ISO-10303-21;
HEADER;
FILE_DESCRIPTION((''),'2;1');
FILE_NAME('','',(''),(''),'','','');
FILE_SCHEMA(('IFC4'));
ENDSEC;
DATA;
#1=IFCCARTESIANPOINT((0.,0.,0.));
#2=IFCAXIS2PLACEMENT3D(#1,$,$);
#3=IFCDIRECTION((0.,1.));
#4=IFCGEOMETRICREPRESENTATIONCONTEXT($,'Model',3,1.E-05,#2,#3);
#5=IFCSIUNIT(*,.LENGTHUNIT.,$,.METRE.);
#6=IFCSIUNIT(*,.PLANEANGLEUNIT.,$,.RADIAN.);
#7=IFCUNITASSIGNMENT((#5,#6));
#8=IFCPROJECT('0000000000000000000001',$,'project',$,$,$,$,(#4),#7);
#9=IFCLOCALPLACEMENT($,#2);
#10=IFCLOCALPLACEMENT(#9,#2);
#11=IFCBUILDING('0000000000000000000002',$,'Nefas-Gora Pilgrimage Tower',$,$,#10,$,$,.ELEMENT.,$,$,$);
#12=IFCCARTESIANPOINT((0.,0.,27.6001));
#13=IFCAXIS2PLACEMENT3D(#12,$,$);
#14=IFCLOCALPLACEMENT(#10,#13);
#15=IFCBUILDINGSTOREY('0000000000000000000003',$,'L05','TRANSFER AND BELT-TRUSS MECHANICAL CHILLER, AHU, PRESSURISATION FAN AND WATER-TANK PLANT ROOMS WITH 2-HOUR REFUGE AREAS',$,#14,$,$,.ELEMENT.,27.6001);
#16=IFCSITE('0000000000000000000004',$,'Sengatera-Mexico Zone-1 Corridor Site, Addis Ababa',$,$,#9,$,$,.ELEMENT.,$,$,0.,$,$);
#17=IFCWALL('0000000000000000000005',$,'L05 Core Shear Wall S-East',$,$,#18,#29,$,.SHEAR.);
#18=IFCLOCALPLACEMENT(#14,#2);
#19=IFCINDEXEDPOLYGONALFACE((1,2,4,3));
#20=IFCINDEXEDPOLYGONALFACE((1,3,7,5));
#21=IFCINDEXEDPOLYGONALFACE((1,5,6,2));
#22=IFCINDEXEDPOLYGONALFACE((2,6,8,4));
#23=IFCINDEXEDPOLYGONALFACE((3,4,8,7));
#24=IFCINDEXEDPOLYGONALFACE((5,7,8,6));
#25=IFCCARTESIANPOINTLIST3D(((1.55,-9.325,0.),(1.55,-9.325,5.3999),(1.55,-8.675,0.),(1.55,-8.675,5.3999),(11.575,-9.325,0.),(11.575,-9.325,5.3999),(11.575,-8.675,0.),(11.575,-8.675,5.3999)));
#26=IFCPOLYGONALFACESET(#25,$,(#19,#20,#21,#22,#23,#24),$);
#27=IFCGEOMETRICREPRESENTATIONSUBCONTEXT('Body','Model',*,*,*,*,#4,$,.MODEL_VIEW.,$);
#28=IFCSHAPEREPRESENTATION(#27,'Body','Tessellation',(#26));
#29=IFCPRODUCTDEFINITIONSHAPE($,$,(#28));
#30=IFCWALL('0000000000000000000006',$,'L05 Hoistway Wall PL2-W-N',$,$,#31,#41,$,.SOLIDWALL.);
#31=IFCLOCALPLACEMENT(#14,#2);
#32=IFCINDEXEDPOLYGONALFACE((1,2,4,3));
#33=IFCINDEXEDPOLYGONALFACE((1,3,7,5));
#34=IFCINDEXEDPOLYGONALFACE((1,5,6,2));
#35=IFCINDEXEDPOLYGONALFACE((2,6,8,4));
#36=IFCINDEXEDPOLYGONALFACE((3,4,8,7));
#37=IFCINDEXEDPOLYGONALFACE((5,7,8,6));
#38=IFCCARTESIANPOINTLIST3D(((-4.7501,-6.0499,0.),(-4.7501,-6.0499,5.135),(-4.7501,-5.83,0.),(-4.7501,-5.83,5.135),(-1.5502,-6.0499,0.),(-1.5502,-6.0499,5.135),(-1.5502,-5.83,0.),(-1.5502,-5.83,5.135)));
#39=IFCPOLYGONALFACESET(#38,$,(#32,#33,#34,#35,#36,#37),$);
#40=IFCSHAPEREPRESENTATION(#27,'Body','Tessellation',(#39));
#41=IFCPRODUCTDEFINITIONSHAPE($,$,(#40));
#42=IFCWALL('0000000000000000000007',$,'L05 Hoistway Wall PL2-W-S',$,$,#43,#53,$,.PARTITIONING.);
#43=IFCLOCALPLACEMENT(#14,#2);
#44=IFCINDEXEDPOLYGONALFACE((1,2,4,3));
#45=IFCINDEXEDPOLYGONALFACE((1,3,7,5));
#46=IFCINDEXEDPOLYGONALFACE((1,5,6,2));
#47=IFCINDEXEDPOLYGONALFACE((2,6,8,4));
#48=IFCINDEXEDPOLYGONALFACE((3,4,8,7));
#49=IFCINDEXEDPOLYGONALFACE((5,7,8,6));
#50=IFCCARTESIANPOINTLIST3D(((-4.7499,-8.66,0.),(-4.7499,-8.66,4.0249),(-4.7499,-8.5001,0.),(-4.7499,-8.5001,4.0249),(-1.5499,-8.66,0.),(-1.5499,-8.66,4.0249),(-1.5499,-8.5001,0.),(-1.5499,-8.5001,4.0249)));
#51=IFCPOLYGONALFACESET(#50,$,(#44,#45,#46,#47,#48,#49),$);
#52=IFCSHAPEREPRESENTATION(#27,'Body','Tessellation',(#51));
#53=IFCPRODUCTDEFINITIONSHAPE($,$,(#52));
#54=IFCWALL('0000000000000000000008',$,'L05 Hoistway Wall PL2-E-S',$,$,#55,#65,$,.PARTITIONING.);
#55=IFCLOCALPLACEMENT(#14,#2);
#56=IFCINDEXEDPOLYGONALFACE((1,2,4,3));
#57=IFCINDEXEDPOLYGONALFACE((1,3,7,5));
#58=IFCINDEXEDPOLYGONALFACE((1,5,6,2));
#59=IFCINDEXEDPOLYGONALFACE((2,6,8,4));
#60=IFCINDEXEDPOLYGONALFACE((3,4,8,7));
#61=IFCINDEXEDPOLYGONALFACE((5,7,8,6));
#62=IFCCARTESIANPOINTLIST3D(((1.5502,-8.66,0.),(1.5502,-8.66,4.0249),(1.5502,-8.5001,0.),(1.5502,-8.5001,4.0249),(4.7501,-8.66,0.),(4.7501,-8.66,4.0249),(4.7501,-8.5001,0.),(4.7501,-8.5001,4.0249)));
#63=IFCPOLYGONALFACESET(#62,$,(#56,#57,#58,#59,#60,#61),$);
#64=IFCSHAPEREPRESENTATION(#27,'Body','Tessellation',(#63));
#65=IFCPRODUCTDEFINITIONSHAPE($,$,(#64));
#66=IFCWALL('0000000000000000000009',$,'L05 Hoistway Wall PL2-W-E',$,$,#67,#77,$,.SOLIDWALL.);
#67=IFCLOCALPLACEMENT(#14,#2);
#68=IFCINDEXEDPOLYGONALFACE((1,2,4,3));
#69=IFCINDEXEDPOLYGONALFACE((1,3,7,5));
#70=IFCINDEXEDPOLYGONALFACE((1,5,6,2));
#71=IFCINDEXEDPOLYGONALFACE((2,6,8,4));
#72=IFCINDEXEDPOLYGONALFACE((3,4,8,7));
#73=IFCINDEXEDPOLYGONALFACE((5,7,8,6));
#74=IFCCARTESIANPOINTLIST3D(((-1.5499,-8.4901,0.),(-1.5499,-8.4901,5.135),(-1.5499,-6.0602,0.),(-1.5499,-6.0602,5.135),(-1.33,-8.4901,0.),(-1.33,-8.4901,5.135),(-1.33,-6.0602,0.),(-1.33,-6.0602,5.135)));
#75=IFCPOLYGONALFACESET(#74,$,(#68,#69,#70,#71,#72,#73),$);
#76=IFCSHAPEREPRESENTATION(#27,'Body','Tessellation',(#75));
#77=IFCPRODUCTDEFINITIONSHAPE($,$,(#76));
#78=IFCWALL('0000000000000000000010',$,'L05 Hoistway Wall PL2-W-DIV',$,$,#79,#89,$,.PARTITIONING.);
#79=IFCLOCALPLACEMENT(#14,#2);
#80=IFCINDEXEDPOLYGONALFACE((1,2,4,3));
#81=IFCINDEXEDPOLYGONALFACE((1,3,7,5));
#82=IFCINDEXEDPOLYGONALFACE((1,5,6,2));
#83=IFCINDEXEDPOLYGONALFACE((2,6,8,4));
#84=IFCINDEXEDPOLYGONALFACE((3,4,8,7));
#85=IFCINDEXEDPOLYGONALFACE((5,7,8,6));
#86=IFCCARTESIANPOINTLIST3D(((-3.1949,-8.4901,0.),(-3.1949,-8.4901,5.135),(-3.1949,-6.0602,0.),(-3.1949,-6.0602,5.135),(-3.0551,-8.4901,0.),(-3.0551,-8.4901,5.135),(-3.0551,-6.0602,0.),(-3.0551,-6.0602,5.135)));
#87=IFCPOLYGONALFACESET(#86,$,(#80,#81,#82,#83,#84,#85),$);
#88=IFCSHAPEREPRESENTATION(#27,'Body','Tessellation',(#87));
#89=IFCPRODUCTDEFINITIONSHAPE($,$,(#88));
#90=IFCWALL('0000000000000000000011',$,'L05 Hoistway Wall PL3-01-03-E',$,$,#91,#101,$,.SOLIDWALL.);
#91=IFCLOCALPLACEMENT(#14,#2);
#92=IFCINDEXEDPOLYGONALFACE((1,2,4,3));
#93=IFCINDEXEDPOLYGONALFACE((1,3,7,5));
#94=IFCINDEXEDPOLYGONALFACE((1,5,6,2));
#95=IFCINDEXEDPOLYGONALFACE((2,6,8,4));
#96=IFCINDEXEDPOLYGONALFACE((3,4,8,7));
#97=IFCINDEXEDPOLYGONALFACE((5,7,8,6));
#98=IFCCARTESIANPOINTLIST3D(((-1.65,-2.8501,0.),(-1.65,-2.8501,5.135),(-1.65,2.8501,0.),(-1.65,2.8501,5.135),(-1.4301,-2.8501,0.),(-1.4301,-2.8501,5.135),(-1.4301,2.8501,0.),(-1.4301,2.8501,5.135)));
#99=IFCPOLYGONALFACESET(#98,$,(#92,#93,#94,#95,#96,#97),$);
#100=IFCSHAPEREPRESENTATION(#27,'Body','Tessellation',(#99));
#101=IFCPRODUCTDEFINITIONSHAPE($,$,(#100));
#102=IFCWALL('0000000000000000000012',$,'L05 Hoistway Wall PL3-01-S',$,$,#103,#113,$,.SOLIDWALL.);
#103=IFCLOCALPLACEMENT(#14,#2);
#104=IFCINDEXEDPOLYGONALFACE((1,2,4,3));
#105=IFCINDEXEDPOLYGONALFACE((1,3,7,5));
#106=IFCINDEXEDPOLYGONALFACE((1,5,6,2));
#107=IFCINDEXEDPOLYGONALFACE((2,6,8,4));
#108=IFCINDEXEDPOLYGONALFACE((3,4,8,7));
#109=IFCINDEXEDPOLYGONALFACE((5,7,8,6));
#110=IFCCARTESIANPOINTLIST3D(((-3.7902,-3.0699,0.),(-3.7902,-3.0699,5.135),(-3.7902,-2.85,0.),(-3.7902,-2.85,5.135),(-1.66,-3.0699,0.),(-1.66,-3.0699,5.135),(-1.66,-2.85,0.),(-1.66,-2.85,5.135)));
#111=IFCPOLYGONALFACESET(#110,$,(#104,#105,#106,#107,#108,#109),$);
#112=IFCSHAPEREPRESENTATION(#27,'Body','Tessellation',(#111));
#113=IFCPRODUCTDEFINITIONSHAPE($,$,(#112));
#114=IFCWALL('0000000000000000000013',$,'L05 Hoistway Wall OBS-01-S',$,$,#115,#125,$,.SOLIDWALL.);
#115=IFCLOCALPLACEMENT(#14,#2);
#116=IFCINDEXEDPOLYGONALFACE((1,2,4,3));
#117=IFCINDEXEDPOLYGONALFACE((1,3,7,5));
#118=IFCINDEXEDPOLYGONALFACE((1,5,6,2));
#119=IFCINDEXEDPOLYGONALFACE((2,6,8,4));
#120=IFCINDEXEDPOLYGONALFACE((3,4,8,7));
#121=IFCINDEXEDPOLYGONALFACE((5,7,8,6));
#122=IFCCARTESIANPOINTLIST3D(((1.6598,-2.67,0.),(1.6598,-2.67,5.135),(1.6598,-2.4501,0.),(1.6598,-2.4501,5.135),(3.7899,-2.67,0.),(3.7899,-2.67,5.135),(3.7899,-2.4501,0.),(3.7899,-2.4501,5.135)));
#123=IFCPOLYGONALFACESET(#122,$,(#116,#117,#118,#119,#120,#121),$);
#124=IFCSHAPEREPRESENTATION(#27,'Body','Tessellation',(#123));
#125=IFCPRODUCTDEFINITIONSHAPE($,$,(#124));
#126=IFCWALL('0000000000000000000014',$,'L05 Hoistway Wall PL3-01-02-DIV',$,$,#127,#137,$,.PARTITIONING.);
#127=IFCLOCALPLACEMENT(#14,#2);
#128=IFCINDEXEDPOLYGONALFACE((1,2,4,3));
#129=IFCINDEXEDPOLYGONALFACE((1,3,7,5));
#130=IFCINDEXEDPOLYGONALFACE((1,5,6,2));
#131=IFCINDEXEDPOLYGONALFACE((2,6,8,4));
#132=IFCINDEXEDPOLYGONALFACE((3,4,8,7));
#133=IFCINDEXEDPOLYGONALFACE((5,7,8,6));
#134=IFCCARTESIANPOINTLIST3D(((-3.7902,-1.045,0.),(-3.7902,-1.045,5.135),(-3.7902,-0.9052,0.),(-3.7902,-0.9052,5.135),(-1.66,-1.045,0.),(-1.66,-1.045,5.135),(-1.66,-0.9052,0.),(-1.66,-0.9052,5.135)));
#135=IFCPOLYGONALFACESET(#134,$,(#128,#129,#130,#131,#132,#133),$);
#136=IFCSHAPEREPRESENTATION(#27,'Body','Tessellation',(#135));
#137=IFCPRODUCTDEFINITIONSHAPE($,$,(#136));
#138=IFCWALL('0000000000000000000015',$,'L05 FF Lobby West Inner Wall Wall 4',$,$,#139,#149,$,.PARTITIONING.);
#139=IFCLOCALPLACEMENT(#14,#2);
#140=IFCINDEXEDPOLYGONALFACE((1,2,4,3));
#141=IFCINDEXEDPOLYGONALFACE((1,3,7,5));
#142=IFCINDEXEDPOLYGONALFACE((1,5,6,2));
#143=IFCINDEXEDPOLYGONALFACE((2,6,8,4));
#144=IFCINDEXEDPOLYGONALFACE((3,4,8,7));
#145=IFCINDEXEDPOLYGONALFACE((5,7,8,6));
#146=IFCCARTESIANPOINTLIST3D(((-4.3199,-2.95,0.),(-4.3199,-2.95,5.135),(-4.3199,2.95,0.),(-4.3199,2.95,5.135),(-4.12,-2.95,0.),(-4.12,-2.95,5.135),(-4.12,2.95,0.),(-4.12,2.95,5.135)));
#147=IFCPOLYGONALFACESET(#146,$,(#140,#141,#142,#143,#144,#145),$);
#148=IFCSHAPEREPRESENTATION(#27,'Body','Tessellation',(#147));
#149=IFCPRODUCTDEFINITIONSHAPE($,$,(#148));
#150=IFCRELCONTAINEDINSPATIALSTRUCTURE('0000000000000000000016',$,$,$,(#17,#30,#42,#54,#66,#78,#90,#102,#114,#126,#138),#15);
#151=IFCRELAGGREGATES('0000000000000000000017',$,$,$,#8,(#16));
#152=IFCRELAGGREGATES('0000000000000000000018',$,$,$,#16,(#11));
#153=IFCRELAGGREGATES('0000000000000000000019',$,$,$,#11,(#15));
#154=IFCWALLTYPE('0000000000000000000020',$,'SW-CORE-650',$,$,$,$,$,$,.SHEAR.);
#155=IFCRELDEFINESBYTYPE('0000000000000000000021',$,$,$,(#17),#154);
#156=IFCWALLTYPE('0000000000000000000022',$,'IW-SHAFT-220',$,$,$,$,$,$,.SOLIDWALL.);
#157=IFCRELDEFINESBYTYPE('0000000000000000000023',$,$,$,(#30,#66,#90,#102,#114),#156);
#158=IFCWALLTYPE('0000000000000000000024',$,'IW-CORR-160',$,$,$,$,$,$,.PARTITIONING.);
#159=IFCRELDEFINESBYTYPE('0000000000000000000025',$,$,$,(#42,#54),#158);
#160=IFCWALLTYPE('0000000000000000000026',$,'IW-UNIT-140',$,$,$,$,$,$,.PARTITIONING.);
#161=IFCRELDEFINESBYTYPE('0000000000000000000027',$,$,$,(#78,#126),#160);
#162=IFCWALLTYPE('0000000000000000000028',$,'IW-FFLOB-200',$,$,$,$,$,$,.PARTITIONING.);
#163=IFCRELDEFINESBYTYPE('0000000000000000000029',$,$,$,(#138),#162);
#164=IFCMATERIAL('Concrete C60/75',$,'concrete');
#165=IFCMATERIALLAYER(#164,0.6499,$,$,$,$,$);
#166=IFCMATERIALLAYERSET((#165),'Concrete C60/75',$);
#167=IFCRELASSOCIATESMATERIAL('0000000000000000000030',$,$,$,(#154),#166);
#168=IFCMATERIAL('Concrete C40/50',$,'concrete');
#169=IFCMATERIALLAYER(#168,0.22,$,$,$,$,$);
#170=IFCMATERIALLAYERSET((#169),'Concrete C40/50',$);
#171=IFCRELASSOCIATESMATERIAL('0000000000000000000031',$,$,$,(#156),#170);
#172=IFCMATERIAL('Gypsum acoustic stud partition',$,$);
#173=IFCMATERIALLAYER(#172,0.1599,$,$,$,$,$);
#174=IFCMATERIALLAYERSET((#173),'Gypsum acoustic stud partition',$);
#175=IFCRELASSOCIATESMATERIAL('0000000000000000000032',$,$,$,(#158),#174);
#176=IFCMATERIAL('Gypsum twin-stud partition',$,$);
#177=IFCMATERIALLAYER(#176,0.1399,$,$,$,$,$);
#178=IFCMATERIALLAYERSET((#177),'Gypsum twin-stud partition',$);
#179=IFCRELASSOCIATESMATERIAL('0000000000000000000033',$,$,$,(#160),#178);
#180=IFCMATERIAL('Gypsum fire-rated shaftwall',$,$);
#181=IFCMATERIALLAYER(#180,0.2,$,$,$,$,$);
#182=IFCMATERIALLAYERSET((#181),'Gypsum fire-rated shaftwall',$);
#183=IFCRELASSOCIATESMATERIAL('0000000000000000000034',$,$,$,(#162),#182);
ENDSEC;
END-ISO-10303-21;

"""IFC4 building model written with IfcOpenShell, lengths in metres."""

from ifc_helpers import new_model, si_unit, direction, frame, frame_2d, origin, place, context, subcontext, project, spatial, rectangle, extrude, source, transform, mapped, material, layer, layer_set, type_object, element, save


model = new_model("IFC4")

# Units and contexts
model_context = context("Model", 3, precision=1e-05, world=origin(), true_north=direction((0.0, 1.0)))
body_context = subcontext(model_context, "Body", "Model", "MODEL_VIEW")
ifc_project = project(units=[si_unit("LENGTHUNIT", "METRE"), si_unit("PLANEANGLEUNIT", "RADIAN")], contexts=[model_context])

# Site, building, storey
site_placement = place(None, origin())
site = spatial("IfcSite", under=ifc_project, at=site_placement, Name="Sengatera-Mexico Zone-1 Corridor Site, Addis Ababa", CompositionType="ELEMENT", RefElevation=0.0)
building_placement = place(site_placement, origin())
building = spatial("IfcBuilding", under=site, at=building_placement, Name="Nefas-Gora Pilgrimage Tower", CompositionType="ELEMENT")
storey_placement = place(building_placement, frame((0.0, 0.0, 27.6001)))
storey = spatial("IfcBuildingStorey", under=building, at=storey_placement, Name="L05", Description="TRANSFER AND BELT-TRUSS MECHANICAL CHILLER, AHU, PRESSURISATION FAN AND WATER-TANK PLANT ROOMS WITH 2-HOUR REFUGE AREAS", CompositionType="ELEMENT", Elevation=27.6001)

# Shared definitions
ifc_material_1 = material(Name="Concrete C60/75", Category="concrete")

# Walls
ifc_layer_1 = layer(ifc_material_1, 0.6499)
ifc_layer_set_1 = layer_set([ifc_layer_1], Name="Concrete C60/75")
wall_type_1 = type_object("IfcWallType", Name="SW-CORE-650", PredefinedType="SHEAR", material=ifc_layer_set_1)
shared_shape_1 = source(origin(), body_context, "Body", "SweptSolid", [
    extrude(rectangle(XDim=10.0249, YDim=0.6499, at=frame_2d((5.0125, 0.0))), origin(), (0.0, 0.0, 1.0), 5.3999),
])
wall_1_placement = place(storey_placement, frame((1.55, -9.0, 0.0), z_axis=(0.0, 0.0, 1.0), x_axis=(1.0, 0.0, 0.0)))
element("IfcWall", 1, at=wall_1_placement, inside=storey, type_object=wall_type_1, Name="L05 Core Shear Wall S-East", PredefinedType="SHEAR", context=body_context, shape_type="MappedRepresentation", body=[
    mapped(shared_shape_1, transform((0.0, 0.0, 0.0), x_axis=(1.0, 0.0, 0.0), y_axis=(0.0, 1.0, 0.0), z_axis=(0.0, 0.0, 1.0), scale=1.0)),
])
ifc_material_2 = material(Name="Concrete C40/50", Category="concrete")
ifc_layer_2 = layer(ifc_material_2, 0.22)
ifc_layer_set_2 = layer_set([ifc_layer_2], Name="Concrete C40/50")
wall_type_2 = type_object("IfcWallType", Name="IW-SHAFT-220", PredefinedType="SOLIDWALL", material=ifc_layer_set_2)
shared_shape_2 = source(origin(), body_context, "Body", "SweptSolid", [
    extrude(rectangle(XDim=3.2, YDim=0.22, at=frame_2d((1.6001, 0.0))), origin(), (0.0, 0.0, 1.0), 5.135),
])
wall_2_placement = place(storey_placement, frame((-1.55, -5.9399, 0.0), z_axis=(0.0, 0.0, 1.0), x_axis=(-1.0, 0.0, 0.0)))
element("IfcWall", 2, at=wall_2_placement, inside=storey, type_object=wall_type_2, Name="L05 Hoistway Wall PL2-W-N", PredefinedType="SOLIDWALL", context=body_context, shape_type="MappedRepresentation", body=[
    mapped(shared_shape_2, transform((0.0, 0.0, 0.0), x_axis=(1.0, 0.0, 0.0), y_axis=(0.0, 1.0, 0.0), z_axis=(0.0, 0.0, 1.0), scale=1.0)),
])
ifc_material_3 = material(Name="Gypsum acoustic stud partition")
ifc_layer_3 = layer(ifc_material_3, 0.1599)
ifc_layer_set_3 = layer_set([ifc_layer_3], Name="Gypsum acoustic stud partition")
wall_type_3 = type_object("IfcWallType", Name="IW-CORR-160", PredefinedType="PARTITIONING", material=ifc_layer_set_3)
shared_shape_3 = source(origin(), body_context, "Body", "SweptSolid", [
    extrude(rectangle(XDim=3.2, YDim=0.1599, at=frame_2d((1.6001, 0.0))), origin(), (0.0, 0.0, 1.0), 4.0249),
])
for number, where, z_axis, x_axis, name in (
    (3, (-4.75, -8.5801, 0.0), (0.0, 0.0, 1.0), (1.0, 0.0, 0.0), "L05 Hoistway Wall PL2-W-S"),
    (4, (1.55, -8.5801, 0.0), (0.0, 0.0, 1.0), (1.0, 0.0, 0.0), "L05 Hoistway Wall PL2-E-S"),
):
    element("IfcWall", number, at=place(storey_placement, frame(where, z_axis=z_axis, x_axis=x_axis)), inside=storey, type_object=wall_type_3, Name=name, PredefinedType="PARTITIONING", context=body_context, shape_type="MappedRepresentation", body=[
        mapped(shared_shape_3, transform((0.0, 0.0, 0.0), x_axis=(1.0, 0.0, 0.0), y_axis=(0.0, 1.0, 0.0), z_axis=(0.0, 0.0, 1.0), scale=1.0)),
    ])
shared_shape_4 = source(origin(), body_context, "Body", "SweptSolid", [
    extrude(rectangle(XDim=2.4299, YDim=0.22, at=frame_2d((1.2148, 0.0))), origin(), (0.0, 0.0, 1.0), 5.135),
])
for number, where, z_axis, x_axis, name in (
    (5, (-1.4399, -8.49, 0.0), (0.0, 0.0, 1.0), (0.0, 1.0, 0.0), "L05 Hoistway Wall PL2-W-E"),
):
    element("IfcWall", number, at=place(storey_placement, frame(where, z_axis=z_axis, x_axis=x_axis)), inside=storey, type_object=wall_type_2, Name=name, PredefinedType="SOLIDWALL", context=body_context, shape_type="MappedRepresentation", body=[
        mapped(shared_shape_4, transform((0.0, 0.0, 0.0), x_axis=(1.0, 0.0, 0.0), y_axis=(0.0, 1.0, 0.0), z_axis=(0.0, 0.0, 1.0), scale=1.0)),
    ])
ifc_material_4 = material(Name="Gypsum twin-stud partition")
ifc_layer_4 = layer(ifc_material_4, 0.1399)
ifc_layer_set_4 = layer_set([ifc_layer_4], Name="Gypsum twin-stud partition")
wall_type_4 = type_object("IfcWallType", Name="IW-UNIT-140", PredefinedType="PARTITIONING", material=ifc_layer_set_4)
shared_shape_5 = source(origin(), body_context, "Body", "SweptSolid", [
    extrude(rectangle(XDim=2.4299, YDim=0.1399, at=frame_2d((1.2148, 0.0))), origin(), (0.0, 0.0, 1.0), 5.135),
])
wall_3_placement = place(storey_placement, frame((-3.125, -8.49, 0.0), z_axis=(0.0, 0.0, 1.0), x_axis=(0.0, 1.0, 0.0)))
element("IfcWall", 6, at=wall_3_placement, inside=storey, type_object=wall_type_4, Name="L05 Hoistway Wall PL2-W-DIV", PredefinedType="PARTITIONING", context=body_context, shape_type="MappedRepresentation", body=[
    mapped(shared_shape_5, transform((0.0, 0.0, 0.0), x_axis=(1.0, 0.0, 0.0), y_axis=(0.0, 1.0, 0.0), z_axis=(0.0, 0.0, 1.0), scale=1.0)),
])
shared_shape_6 = source(origin(), body_context, "Body", "SweptSolid", [
    extrude(rectangle(XDim=5.7002, YDim=0.22, at=frame_2d((2.8501, 0.0))), origin(), (0.0, 0.0, 1.0), 5.135),
])
wall_4_placement = place(storey_placement, frame((-1.54, -2.8501, 0.0), z_axis=(0.0, 0.0, 1.0), x_axis=(0.0, 1.0, 0.0)))
element("IfcWall", 7, at=wall_4_placement, inside=storey, type_object=wall_type_2, Name="L05 Hoistway Wall PL3-01-03-E", PredefinedType="SOLIDWALL", context=body_context, shape_type="MappedRepresentation", body=[
    mapped(shared_shape_6, transform((0.0, 0.0, 0.0), x_axis=(1.0, 0.0, 0.0), y_axis=(0.0, 1.0, 0.0), z_axis=(0.0, 0.0, 1.0), scale=1.0)),
])
shared_shape_7 = source(origin(), body_context, "Body", "SweptSolid", [
    extrude(rectangle(XDim=2.1301, YDim=0.22, at=frame_2d((1.0649, 0.0))), origin(), (0.0, 0.0, 1.0), 5.135),
])
for number, where, z_axis, x_axis, name in (
    (8, (-3.79, -2.96, 0.0), (0.0, 0.0, 1.0), (1.0, 0.0, 0.0), "L05 Hoistway Wall PL3-01-S"),
    (9, (1.6599, -2.5601, 0.0), (0.0, 0.0, 1.0), (1.0, 0.0, 0.0), "L05 Hoistway Wall OBS-01-S"),
):
    element("IfcWall", number, at=place(storey_placement, frame(where, z_axis=z_axis, x_axis=x_axis)), inside=storey, type_object=wall_type_2, Name=name, PredefinedType="SOLIDWALL", context=body_context, shape_type="MappedRepresentation", body=[
        mapped(shared_shape_7, transform((0.0, 0.0, 0.0), x_axis=(1.0, 0.0, 0.0), y_axis=(0.0, 1.0, 0.0), z_axis=(0.0, 0.0, 1.0), scale=1.0)),
    ])
shared_shape_8 = source(origin(), body_context, "Body", "SweptSolid", [
    extrude(rectangle(XDim=2.1301, YDim=0.1399, at=frame_2d((1.0649, 0.0))), origin(), (0.0, 0.0, 1.0), 5.135),
])
wall_5_placement = place(storey_placement, frame((-3.79, -0.9751, 0.0), z_axis=(0.0, 0.0, 1.0), x_axis=(1.0, 0.0, 0.0)))
element("IfcWall", 10, at=wall_5_placement, inside=storey, type_object=wall_type_4, Name="L05 Hoistway Wall PL3-01-02-DIV", PredefinedType="PARTITIONING", context=body_context, shape_type="MappedRepresentation", body=[
    mapped(shared_shape_8, transform((0.0, 0.0, 0.0), x_axis=(1.0, 0.0, 0.0), y_axis=(0.0, 1.0, 0.0), z_axis=(0.0, 0.0, 1.0), scale=1.0)),
])
ifc_material_5 = material(Name="Gypsum fire-rated shaftwall")
ifc_layer_5 = layer(ifc_material_5, 0.2)
ifc_layer_set_5 = layer_set([ifc_layer_5], Name="Gypsum fire-rated shaftwall")
wall_type_5 = type_object("IfcWallType", Name="IW-FFLOB-200", PredefinedType="PARTITIONING", material=ifc_layer_set_5)
shared_shape_9 = source(origin(), body_context, "Body", "SweptSolid", [
    extrude(rectangle(XDim=5.8999, YDim=0.2, at=frame_2d((2.95, 0.0))), origin(), (0.0, 0.0, 1.0), 5.135),
])
wall_6_placement = place(storey_placement, frame((-4.22, -2.95, 0.0), z_axis=(0.0, 0.0, 1.0), x_axis=(0.0, 1.0, 0.0)))
element("IfcWall", 11, at=wall_6_placement, inside=storey, type_object=wall_type_5, Name="L05 FF Lobby West Inner Wall Wall 4", PredefinedType="PARTITIONING", context=body_context, shape_type="MappedRepresentation", body=[
    mapped(shared_shape_9, transform((0.0, 0.0, 0.0), x_axis=(1.0, 0.0, 0.0), y_axis=(0.0, 1.0, 0.0), z_axis=(0.0, 0.0, 1.0), scale=1.0)),
])

save(model, "model.ifc")
